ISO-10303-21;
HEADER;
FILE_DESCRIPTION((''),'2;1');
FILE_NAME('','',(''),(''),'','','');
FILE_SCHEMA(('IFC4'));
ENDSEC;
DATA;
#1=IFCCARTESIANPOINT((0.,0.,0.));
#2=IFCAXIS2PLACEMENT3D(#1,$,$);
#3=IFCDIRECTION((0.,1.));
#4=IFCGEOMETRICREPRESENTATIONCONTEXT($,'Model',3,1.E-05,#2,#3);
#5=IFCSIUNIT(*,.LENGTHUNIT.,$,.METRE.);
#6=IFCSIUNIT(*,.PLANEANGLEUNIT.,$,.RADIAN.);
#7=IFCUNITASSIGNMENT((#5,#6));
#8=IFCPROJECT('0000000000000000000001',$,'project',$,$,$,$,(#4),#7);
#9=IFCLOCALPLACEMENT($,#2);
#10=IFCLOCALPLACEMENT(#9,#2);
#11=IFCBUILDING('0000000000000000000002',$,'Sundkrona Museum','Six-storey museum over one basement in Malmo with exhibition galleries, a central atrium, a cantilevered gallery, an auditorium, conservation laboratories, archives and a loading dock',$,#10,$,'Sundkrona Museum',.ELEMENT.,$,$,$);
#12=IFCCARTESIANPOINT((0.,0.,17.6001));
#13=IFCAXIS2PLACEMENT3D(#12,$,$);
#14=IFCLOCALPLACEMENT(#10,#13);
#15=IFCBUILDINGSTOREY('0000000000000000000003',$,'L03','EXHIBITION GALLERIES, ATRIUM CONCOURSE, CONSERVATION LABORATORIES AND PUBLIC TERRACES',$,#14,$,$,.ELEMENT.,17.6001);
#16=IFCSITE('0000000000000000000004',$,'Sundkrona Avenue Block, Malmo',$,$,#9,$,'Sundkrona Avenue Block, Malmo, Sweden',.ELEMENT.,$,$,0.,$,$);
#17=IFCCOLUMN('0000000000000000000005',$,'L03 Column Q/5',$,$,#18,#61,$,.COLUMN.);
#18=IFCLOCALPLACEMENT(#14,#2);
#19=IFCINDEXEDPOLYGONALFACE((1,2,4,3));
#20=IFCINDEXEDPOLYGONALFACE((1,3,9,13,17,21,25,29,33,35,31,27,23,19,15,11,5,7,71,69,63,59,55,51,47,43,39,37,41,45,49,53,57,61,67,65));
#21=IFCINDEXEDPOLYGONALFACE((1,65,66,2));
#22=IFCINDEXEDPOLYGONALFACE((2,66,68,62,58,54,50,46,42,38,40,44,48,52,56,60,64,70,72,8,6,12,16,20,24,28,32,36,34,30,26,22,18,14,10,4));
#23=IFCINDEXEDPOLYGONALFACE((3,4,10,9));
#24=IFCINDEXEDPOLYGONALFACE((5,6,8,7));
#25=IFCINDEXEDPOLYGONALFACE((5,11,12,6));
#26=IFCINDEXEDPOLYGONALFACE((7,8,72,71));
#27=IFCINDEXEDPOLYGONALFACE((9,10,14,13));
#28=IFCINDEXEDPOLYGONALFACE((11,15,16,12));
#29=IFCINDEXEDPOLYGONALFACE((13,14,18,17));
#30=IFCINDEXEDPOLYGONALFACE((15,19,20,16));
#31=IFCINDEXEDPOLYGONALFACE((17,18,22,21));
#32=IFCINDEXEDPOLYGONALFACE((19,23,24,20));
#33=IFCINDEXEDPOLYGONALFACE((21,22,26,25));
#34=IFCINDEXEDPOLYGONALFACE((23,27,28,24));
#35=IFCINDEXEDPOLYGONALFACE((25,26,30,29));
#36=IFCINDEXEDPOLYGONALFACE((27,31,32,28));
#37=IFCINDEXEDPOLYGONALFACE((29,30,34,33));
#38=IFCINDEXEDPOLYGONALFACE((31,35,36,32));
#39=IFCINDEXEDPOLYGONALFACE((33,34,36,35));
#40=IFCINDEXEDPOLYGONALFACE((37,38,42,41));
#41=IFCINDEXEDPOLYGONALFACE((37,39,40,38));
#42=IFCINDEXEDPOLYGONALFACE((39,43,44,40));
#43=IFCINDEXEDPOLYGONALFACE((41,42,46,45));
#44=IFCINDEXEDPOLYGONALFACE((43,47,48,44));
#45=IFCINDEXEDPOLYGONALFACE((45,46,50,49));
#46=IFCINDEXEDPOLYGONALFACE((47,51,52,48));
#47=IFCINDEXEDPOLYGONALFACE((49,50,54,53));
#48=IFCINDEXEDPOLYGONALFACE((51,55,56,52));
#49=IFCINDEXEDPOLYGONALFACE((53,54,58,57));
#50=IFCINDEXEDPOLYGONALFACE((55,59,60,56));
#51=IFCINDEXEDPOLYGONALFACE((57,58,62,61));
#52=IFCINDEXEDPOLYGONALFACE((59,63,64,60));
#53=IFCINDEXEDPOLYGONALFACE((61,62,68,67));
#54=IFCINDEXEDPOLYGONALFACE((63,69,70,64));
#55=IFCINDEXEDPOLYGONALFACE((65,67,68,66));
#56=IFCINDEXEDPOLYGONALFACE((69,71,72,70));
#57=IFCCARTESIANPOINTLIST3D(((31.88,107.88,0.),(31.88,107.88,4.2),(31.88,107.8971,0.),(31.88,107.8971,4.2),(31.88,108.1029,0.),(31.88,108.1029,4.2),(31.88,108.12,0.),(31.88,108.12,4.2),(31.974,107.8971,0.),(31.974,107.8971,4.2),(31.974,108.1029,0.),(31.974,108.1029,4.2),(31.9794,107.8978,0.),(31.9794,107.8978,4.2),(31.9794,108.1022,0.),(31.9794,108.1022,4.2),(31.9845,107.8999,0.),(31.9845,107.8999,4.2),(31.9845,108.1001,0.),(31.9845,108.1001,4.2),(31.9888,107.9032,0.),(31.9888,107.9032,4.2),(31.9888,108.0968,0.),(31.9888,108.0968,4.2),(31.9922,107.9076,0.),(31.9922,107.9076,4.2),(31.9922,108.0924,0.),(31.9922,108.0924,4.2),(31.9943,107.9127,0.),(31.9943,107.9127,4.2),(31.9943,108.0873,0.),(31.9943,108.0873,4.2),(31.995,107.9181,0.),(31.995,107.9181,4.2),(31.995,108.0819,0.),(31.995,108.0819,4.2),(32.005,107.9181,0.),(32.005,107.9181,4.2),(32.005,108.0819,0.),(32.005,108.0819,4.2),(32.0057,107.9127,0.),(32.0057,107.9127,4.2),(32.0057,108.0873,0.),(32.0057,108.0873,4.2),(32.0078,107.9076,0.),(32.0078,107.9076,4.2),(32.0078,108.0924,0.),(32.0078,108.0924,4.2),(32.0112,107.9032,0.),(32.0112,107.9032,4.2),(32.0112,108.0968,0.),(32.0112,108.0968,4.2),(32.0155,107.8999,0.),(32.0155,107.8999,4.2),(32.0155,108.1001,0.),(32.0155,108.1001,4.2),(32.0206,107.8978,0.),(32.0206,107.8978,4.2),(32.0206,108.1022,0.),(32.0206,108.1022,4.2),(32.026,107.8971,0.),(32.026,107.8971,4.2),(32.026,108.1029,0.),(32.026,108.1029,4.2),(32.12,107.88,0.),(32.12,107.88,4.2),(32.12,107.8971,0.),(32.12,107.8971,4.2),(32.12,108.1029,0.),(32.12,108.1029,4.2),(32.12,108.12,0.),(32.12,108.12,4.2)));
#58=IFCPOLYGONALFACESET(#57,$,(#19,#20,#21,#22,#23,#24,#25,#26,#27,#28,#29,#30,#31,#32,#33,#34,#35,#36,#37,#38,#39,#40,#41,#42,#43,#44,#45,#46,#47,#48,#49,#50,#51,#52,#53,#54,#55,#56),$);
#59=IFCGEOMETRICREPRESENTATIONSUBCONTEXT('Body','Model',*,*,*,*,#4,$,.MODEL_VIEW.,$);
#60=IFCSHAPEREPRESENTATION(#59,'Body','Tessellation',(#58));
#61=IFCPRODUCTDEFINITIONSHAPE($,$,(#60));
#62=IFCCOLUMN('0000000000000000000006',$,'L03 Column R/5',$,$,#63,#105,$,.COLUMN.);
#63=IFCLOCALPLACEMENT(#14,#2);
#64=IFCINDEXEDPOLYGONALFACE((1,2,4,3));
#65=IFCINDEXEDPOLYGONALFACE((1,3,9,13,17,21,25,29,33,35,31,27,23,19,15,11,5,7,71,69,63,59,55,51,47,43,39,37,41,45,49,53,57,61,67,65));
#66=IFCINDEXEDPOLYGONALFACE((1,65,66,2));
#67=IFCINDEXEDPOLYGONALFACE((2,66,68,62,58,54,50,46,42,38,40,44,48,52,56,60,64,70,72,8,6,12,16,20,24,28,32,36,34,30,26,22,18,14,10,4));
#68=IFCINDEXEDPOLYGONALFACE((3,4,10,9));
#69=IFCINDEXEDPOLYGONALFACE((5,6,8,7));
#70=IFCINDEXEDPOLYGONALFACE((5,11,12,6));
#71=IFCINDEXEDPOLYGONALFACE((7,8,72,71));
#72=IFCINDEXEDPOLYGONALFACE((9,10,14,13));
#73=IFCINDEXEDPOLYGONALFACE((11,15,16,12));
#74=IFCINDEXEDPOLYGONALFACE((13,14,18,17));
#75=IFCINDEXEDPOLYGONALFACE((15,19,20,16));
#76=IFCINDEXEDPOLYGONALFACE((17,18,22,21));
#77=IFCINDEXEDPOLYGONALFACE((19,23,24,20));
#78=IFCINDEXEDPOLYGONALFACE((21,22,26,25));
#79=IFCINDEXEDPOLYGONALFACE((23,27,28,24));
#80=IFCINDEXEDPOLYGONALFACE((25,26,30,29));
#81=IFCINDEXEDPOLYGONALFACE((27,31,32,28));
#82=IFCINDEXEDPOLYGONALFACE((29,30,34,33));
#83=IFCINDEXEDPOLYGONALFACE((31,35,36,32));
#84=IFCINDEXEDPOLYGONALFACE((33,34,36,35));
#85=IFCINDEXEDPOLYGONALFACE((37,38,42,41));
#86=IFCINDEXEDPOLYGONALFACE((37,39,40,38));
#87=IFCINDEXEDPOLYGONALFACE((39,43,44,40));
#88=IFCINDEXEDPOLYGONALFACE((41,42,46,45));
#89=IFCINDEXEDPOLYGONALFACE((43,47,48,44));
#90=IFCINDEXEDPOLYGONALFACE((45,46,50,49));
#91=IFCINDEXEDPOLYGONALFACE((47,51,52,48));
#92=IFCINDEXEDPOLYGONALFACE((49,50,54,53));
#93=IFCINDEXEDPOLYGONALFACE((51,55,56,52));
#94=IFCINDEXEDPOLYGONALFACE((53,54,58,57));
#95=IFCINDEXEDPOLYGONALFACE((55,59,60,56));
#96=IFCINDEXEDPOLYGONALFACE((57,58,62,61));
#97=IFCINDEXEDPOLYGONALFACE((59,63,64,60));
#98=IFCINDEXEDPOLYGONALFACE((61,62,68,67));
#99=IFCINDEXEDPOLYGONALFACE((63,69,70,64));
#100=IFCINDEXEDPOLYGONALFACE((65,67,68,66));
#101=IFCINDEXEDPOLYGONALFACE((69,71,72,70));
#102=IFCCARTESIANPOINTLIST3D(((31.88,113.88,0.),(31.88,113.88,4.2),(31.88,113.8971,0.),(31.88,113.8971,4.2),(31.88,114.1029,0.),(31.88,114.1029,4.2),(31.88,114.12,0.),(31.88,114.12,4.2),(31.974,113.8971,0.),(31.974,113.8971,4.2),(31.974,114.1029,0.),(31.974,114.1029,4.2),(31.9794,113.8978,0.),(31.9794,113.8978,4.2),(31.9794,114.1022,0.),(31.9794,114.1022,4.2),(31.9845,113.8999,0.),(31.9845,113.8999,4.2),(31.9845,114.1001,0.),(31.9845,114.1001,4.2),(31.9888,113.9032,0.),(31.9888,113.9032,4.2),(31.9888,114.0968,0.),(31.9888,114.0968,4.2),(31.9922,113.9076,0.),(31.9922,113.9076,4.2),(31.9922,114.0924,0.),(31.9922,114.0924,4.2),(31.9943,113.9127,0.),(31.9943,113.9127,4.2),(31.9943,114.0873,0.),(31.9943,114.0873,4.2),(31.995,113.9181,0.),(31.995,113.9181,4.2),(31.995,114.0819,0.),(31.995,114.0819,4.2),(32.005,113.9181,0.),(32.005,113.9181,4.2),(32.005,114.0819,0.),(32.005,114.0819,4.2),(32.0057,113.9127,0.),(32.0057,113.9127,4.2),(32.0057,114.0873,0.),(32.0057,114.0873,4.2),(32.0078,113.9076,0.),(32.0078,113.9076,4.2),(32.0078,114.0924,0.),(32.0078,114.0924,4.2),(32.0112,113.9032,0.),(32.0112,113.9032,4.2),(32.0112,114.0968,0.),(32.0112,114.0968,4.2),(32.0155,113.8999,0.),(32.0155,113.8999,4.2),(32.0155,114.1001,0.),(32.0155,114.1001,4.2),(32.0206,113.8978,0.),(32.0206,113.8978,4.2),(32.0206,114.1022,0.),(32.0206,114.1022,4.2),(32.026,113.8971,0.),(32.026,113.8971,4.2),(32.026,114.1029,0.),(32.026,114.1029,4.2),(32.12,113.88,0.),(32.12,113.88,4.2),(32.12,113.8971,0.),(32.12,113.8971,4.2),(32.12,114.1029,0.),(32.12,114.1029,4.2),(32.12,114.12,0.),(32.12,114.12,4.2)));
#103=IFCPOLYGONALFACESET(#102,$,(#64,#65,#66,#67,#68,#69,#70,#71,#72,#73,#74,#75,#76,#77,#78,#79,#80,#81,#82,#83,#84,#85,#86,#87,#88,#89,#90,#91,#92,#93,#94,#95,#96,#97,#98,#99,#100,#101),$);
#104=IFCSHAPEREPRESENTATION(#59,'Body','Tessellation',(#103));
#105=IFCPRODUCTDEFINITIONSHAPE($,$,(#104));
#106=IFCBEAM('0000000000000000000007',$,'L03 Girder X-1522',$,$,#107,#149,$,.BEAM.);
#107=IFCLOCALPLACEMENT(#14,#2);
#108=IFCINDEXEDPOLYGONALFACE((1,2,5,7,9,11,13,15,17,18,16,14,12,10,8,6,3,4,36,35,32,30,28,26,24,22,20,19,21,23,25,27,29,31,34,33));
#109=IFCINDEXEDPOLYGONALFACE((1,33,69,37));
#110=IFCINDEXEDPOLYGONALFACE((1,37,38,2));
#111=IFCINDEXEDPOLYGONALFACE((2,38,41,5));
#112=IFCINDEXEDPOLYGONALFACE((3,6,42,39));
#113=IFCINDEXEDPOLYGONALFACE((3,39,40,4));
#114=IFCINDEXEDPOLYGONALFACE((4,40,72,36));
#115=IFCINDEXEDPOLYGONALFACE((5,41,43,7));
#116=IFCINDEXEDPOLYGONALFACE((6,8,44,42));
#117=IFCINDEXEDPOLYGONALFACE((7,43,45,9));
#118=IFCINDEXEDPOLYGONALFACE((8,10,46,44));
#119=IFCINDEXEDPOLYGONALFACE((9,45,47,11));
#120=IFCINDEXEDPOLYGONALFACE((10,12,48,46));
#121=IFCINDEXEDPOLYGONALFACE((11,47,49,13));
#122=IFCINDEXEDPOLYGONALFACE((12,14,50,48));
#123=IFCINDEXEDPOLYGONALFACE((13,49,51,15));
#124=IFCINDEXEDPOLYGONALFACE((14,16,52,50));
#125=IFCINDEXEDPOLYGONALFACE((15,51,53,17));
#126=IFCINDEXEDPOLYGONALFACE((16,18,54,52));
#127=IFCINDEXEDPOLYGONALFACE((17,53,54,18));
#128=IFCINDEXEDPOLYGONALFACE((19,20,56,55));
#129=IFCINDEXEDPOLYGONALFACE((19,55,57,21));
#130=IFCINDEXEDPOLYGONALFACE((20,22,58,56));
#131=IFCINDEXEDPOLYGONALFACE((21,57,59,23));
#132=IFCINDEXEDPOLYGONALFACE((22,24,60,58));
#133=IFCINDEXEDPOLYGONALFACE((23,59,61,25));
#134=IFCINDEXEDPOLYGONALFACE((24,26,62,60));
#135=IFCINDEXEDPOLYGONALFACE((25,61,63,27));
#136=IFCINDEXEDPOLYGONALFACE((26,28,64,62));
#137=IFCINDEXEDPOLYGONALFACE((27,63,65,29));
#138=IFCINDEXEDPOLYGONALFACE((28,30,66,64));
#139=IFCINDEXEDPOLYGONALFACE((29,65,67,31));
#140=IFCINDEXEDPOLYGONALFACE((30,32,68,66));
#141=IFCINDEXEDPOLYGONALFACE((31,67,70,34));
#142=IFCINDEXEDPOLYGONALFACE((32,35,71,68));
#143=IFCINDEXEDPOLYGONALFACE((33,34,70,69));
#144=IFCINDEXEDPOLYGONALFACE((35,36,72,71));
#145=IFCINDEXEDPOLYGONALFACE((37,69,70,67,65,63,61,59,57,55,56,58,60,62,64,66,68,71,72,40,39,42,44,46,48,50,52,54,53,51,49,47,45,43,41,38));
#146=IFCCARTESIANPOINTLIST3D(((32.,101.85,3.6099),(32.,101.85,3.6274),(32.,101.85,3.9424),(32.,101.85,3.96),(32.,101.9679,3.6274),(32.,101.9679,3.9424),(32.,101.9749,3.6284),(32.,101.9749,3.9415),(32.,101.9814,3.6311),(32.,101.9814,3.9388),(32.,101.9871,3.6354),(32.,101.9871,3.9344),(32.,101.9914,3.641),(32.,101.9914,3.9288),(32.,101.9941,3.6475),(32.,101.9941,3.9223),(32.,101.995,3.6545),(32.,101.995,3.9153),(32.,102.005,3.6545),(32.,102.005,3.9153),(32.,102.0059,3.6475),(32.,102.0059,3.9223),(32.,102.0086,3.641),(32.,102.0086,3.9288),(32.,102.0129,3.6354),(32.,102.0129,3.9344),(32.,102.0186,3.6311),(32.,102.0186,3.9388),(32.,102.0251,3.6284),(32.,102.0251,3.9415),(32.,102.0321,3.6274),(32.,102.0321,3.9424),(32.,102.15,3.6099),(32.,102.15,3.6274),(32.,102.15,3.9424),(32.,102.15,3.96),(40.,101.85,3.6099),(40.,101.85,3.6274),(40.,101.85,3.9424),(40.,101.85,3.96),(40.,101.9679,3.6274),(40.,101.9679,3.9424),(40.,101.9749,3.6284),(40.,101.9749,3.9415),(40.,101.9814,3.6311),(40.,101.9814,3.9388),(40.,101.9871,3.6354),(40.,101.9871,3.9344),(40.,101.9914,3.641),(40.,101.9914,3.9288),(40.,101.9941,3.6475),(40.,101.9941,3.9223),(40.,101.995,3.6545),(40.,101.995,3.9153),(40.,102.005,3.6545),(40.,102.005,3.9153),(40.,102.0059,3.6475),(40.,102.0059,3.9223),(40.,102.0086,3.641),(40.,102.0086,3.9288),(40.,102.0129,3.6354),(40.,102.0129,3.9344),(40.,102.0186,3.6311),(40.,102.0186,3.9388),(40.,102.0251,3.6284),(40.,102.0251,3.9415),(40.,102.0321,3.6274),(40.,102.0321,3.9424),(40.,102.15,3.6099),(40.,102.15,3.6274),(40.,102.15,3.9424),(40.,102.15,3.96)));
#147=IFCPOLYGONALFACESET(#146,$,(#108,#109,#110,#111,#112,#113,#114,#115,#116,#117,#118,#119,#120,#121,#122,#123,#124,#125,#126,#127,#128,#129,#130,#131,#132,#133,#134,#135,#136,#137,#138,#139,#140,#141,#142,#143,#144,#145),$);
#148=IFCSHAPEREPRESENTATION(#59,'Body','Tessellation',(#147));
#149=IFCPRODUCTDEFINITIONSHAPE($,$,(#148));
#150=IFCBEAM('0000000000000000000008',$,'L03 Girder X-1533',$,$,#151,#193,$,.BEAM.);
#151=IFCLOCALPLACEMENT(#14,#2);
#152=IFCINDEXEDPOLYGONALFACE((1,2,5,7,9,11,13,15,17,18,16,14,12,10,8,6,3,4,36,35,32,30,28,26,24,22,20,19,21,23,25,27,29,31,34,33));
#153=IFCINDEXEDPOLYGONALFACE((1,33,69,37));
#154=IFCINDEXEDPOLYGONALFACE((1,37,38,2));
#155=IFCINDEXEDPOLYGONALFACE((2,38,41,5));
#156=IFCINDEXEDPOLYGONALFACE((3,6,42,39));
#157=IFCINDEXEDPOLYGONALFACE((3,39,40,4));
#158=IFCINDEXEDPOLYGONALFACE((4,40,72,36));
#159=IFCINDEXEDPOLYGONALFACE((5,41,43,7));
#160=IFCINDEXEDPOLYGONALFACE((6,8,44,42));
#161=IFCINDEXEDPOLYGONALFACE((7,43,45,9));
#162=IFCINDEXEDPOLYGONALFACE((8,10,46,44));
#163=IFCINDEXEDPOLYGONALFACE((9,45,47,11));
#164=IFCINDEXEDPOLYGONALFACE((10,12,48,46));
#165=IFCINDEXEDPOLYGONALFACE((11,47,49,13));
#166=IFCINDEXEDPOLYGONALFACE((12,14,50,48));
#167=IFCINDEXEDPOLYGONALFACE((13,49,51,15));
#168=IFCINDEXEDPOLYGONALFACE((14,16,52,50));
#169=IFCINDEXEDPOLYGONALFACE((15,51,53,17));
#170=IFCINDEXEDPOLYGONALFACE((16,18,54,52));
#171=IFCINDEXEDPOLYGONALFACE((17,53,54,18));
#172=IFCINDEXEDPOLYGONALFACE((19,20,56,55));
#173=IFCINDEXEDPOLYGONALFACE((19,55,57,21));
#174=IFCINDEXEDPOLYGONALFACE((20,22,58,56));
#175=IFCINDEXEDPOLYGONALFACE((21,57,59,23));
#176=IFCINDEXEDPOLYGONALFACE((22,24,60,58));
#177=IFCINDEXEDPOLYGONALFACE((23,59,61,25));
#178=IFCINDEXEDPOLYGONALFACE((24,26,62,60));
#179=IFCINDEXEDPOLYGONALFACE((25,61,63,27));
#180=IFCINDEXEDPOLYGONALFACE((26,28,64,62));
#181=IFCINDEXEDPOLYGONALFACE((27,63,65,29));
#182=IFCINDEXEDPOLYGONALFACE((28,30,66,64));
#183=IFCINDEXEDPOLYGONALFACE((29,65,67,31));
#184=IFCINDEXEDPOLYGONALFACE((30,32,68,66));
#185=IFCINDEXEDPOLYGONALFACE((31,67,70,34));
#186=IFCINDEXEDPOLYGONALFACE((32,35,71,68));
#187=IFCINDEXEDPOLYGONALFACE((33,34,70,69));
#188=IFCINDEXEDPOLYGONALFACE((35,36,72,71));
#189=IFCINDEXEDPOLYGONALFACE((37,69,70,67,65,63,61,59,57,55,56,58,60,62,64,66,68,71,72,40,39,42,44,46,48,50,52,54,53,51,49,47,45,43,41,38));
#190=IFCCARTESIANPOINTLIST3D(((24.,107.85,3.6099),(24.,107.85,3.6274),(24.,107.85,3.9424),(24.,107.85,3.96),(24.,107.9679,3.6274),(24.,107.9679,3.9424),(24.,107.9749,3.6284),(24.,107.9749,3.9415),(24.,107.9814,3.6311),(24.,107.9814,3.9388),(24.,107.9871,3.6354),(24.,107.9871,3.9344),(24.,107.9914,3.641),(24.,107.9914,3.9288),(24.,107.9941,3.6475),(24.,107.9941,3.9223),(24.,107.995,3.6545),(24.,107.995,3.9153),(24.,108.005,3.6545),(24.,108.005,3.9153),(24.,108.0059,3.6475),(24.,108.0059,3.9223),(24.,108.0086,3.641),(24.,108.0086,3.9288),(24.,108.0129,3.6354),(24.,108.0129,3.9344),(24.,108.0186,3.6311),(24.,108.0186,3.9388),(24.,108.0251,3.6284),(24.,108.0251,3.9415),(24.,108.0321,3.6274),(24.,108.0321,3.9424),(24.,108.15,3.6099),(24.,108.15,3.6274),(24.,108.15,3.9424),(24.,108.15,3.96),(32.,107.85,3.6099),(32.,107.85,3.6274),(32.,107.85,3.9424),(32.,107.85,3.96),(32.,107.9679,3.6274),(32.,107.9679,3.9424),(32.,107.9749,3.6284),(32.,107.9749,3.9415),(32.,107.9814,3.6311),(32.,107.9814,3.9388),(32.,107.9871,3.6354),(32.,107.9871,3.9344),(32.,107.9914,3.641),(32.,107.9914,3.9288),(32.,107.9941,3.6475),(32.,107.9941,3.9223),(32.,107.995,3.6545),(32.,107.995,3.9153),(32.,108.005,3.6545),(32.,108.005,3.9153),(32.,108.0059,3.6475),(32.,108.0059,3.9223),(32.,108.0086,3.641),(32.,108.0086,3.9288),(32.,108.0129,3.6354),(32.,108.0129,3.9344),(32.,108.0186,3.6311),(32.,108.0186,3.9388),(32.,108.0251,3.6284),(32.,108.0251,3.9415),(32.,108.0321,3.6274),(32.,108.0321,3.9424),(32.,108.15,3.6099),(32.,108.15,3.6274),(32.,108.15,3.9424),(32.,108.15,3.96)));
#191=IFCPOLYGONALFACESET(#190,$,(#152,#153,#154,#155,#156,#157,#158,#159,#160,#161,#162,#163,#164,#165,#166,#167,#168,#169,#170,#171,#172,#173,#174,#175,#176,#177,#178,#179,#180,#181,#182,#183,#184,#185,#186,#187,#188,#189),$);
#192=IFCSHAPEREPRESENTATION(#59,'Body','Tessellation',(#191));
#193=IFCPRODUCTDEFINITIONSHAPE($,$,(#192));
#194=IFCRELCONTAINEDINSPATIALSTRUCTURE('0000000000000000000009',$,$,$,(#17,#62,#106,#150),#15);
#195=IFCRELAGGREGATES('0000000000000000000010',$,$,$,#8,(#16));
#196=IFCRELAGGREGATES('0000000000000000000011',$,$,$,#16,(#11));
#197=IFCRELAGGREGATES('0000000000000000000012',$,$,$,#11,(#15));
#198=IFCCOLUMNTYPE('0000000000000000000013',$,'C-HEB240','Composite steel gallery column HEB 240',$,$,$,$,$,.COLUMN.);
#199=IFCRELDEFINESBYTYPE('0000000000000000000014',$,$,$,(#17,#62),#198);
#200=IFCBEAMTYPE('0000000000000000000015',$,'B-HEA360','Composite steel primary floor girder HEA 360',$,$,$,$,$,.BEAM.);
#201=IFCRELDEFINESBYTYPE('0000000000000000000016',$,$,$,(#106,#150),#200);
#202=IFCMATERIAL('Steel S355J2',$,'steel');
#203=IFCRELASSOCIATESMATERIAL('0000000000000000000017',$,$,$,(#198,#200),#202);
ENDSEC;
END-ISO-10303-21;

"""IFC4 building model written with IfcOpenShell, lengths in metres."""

from ifc_helpers import new_model, si_unit, direction, frame, origin, origin_2d, place, context, subcontext, project, spatial, i_section, extrude, material, material_profile, profile_set, type_object, element, save


model = new_model("IFC4")

# Units and contexts
model_context = context("Model", 3, precision=1e-05, world=origin(), true_north=direction((0.0, 1.0)))
body_context = subcontext(model_context, "Body", "Model", "MODEL_VIEW")
ifc_project = project(units=[si_unit("LENGTHUNIT", "METRE"), si_unit("PLANEANGLEUNIT", "RADIAN")], contexts=[model_context])

# Site, building, storey
site_placement = place(None, origin())
site = spatial("IfcSite", under=ifc_project, at=site_placement, Name="Sundkrona Avenue Block, Malmo", LongName="Sundkrona Avenue Block, Malmo, Sweden", CompositionType="ELEMENT", RefElevation=0.0)
building_placement = place(site_placement, origin())
building = spatial("IfcBuilding", under=site, at=building_placement, Name="Sundkrona Museum", Description="Six-storey museum over one basement in Malmo with exhibition galleries, a central atrium, a cantilevered gallery, an auditorium, conservation laboratories, archives and a loading dock", LongName="Sundkrona Museum", CompositionType="ELEMENT")
storey_placement = place(building_placement, frame((0.0, 0.0, 17.6001)))
storey = spatial("IfcBuildingStorey", under=building, at=storey_placement, Name="L03", Description="EXHIBITION GALLERIES, ATRIUM CONCOURSE, CONSERVATION LABORATORIES AND PUBLIC TERRACES", CompositionType="ELEMENT", Elevation=17.6001)

# Columns
ifc_material_1 = material(Name="Steel S355J2", Category="steel")
ifc_material_profile_1 = material_profile(ifc_material_1, i_section(OverallWidth=0.24, OverallDepth=0.24, WebThickness=0.01, FlangeThickness=0.0171, FilletRadius=0.021, at=origin_2d()), Name="HEB 240")
ifc_profile_set_1 = profile_set([ifc_material_profile_1], Name="Steel S355J2")
column_type = type_object("IfcColumnType", Name="C-HEB240", Description="Composite steel gallery column HEB 240", PredefinedType="COLUMN", material=ifc_profile_set_1)
for number, where, z_axis, x_axis, name in (
    (1, (32.0, 108.0, 0.0), (0.0, 0.0, 1.0), (1.0, 0.0, 0.0), "L03 Column Q/5"),
    (2, (32.0, 114.0, 0.0), (0.0, 0.0, 1.0), (1.0, 0.0, 0.0), "L03 Column R/5"),
):
    element("IfcColumn", number, at=place(storey_placement, frame(where, z_axis=z_axis, x_axis=x_axis)), inside=storey, type_object=column_type, Name=name, PredefinedType="COLUMN", context=body_context, shape_type="SweptSolid", body=[
        extrude(i_section(OverallWidth=0.24, OverallDepth=0.24, WebThickness=0.01, FlangeThickness=0.0171, FilletRadius=0.021, at=origin_2d()), origin(), (0.0, 0.0, 1.0), 4.2),
    ])

# Beams
ifc_material_profile_2 = material_profile(ifc_material_1, i_section(OverallWidth=0.3, OverallDepth=0.3501, WebThickness=0.01, FlangeThickness=0.0176, FilletRadius=0.0271, at=origin_2d()), Name="HEA 360")
ifc_profile_set_2 = profile_set([ifc_material_profile_2], Name="Steel S355J2")
beam_type_1 = type_object("IfcBeamType", Name="B-HEA360", Description="Composite steel primary floor girder HEA 360", PredefinedType="BEAM", material=ifc_profile_set_2)
for number, where, z_axis, x_axis, name in (
    (3, (32.0, 102.0, 3.7849), (1.0, 0.0, 0.0), (0.0, 1.0, 0.0), "L03 Girder X-1522"),
    (4, (24.0, 108.0, 3.7849), (1.0, 0.0, 0.0), (0.0, 1.0, 0.0), "L03 Girder X-1533"),
):
    element("IfcBeam", number, at=place(storey_placement, frame(where, z_axis=z_axis, x_axis=x_axis)), inside=storey, type_object=beam_type_1, Name=name, PredefinedType="BEAM", context=body_context, shape_type="SweptSolid", body=[
        extrude(i_section(OverallWidth=0.3, OverallDepth=0.3501, WebThickness=0.01, FlangeThickness=0.0176, FilletRadius=0.0271, at=origin_2d()), origin(), (0.0, 0.0, 1.0), 8.0),
    ])

save(model, "model.ifc")
